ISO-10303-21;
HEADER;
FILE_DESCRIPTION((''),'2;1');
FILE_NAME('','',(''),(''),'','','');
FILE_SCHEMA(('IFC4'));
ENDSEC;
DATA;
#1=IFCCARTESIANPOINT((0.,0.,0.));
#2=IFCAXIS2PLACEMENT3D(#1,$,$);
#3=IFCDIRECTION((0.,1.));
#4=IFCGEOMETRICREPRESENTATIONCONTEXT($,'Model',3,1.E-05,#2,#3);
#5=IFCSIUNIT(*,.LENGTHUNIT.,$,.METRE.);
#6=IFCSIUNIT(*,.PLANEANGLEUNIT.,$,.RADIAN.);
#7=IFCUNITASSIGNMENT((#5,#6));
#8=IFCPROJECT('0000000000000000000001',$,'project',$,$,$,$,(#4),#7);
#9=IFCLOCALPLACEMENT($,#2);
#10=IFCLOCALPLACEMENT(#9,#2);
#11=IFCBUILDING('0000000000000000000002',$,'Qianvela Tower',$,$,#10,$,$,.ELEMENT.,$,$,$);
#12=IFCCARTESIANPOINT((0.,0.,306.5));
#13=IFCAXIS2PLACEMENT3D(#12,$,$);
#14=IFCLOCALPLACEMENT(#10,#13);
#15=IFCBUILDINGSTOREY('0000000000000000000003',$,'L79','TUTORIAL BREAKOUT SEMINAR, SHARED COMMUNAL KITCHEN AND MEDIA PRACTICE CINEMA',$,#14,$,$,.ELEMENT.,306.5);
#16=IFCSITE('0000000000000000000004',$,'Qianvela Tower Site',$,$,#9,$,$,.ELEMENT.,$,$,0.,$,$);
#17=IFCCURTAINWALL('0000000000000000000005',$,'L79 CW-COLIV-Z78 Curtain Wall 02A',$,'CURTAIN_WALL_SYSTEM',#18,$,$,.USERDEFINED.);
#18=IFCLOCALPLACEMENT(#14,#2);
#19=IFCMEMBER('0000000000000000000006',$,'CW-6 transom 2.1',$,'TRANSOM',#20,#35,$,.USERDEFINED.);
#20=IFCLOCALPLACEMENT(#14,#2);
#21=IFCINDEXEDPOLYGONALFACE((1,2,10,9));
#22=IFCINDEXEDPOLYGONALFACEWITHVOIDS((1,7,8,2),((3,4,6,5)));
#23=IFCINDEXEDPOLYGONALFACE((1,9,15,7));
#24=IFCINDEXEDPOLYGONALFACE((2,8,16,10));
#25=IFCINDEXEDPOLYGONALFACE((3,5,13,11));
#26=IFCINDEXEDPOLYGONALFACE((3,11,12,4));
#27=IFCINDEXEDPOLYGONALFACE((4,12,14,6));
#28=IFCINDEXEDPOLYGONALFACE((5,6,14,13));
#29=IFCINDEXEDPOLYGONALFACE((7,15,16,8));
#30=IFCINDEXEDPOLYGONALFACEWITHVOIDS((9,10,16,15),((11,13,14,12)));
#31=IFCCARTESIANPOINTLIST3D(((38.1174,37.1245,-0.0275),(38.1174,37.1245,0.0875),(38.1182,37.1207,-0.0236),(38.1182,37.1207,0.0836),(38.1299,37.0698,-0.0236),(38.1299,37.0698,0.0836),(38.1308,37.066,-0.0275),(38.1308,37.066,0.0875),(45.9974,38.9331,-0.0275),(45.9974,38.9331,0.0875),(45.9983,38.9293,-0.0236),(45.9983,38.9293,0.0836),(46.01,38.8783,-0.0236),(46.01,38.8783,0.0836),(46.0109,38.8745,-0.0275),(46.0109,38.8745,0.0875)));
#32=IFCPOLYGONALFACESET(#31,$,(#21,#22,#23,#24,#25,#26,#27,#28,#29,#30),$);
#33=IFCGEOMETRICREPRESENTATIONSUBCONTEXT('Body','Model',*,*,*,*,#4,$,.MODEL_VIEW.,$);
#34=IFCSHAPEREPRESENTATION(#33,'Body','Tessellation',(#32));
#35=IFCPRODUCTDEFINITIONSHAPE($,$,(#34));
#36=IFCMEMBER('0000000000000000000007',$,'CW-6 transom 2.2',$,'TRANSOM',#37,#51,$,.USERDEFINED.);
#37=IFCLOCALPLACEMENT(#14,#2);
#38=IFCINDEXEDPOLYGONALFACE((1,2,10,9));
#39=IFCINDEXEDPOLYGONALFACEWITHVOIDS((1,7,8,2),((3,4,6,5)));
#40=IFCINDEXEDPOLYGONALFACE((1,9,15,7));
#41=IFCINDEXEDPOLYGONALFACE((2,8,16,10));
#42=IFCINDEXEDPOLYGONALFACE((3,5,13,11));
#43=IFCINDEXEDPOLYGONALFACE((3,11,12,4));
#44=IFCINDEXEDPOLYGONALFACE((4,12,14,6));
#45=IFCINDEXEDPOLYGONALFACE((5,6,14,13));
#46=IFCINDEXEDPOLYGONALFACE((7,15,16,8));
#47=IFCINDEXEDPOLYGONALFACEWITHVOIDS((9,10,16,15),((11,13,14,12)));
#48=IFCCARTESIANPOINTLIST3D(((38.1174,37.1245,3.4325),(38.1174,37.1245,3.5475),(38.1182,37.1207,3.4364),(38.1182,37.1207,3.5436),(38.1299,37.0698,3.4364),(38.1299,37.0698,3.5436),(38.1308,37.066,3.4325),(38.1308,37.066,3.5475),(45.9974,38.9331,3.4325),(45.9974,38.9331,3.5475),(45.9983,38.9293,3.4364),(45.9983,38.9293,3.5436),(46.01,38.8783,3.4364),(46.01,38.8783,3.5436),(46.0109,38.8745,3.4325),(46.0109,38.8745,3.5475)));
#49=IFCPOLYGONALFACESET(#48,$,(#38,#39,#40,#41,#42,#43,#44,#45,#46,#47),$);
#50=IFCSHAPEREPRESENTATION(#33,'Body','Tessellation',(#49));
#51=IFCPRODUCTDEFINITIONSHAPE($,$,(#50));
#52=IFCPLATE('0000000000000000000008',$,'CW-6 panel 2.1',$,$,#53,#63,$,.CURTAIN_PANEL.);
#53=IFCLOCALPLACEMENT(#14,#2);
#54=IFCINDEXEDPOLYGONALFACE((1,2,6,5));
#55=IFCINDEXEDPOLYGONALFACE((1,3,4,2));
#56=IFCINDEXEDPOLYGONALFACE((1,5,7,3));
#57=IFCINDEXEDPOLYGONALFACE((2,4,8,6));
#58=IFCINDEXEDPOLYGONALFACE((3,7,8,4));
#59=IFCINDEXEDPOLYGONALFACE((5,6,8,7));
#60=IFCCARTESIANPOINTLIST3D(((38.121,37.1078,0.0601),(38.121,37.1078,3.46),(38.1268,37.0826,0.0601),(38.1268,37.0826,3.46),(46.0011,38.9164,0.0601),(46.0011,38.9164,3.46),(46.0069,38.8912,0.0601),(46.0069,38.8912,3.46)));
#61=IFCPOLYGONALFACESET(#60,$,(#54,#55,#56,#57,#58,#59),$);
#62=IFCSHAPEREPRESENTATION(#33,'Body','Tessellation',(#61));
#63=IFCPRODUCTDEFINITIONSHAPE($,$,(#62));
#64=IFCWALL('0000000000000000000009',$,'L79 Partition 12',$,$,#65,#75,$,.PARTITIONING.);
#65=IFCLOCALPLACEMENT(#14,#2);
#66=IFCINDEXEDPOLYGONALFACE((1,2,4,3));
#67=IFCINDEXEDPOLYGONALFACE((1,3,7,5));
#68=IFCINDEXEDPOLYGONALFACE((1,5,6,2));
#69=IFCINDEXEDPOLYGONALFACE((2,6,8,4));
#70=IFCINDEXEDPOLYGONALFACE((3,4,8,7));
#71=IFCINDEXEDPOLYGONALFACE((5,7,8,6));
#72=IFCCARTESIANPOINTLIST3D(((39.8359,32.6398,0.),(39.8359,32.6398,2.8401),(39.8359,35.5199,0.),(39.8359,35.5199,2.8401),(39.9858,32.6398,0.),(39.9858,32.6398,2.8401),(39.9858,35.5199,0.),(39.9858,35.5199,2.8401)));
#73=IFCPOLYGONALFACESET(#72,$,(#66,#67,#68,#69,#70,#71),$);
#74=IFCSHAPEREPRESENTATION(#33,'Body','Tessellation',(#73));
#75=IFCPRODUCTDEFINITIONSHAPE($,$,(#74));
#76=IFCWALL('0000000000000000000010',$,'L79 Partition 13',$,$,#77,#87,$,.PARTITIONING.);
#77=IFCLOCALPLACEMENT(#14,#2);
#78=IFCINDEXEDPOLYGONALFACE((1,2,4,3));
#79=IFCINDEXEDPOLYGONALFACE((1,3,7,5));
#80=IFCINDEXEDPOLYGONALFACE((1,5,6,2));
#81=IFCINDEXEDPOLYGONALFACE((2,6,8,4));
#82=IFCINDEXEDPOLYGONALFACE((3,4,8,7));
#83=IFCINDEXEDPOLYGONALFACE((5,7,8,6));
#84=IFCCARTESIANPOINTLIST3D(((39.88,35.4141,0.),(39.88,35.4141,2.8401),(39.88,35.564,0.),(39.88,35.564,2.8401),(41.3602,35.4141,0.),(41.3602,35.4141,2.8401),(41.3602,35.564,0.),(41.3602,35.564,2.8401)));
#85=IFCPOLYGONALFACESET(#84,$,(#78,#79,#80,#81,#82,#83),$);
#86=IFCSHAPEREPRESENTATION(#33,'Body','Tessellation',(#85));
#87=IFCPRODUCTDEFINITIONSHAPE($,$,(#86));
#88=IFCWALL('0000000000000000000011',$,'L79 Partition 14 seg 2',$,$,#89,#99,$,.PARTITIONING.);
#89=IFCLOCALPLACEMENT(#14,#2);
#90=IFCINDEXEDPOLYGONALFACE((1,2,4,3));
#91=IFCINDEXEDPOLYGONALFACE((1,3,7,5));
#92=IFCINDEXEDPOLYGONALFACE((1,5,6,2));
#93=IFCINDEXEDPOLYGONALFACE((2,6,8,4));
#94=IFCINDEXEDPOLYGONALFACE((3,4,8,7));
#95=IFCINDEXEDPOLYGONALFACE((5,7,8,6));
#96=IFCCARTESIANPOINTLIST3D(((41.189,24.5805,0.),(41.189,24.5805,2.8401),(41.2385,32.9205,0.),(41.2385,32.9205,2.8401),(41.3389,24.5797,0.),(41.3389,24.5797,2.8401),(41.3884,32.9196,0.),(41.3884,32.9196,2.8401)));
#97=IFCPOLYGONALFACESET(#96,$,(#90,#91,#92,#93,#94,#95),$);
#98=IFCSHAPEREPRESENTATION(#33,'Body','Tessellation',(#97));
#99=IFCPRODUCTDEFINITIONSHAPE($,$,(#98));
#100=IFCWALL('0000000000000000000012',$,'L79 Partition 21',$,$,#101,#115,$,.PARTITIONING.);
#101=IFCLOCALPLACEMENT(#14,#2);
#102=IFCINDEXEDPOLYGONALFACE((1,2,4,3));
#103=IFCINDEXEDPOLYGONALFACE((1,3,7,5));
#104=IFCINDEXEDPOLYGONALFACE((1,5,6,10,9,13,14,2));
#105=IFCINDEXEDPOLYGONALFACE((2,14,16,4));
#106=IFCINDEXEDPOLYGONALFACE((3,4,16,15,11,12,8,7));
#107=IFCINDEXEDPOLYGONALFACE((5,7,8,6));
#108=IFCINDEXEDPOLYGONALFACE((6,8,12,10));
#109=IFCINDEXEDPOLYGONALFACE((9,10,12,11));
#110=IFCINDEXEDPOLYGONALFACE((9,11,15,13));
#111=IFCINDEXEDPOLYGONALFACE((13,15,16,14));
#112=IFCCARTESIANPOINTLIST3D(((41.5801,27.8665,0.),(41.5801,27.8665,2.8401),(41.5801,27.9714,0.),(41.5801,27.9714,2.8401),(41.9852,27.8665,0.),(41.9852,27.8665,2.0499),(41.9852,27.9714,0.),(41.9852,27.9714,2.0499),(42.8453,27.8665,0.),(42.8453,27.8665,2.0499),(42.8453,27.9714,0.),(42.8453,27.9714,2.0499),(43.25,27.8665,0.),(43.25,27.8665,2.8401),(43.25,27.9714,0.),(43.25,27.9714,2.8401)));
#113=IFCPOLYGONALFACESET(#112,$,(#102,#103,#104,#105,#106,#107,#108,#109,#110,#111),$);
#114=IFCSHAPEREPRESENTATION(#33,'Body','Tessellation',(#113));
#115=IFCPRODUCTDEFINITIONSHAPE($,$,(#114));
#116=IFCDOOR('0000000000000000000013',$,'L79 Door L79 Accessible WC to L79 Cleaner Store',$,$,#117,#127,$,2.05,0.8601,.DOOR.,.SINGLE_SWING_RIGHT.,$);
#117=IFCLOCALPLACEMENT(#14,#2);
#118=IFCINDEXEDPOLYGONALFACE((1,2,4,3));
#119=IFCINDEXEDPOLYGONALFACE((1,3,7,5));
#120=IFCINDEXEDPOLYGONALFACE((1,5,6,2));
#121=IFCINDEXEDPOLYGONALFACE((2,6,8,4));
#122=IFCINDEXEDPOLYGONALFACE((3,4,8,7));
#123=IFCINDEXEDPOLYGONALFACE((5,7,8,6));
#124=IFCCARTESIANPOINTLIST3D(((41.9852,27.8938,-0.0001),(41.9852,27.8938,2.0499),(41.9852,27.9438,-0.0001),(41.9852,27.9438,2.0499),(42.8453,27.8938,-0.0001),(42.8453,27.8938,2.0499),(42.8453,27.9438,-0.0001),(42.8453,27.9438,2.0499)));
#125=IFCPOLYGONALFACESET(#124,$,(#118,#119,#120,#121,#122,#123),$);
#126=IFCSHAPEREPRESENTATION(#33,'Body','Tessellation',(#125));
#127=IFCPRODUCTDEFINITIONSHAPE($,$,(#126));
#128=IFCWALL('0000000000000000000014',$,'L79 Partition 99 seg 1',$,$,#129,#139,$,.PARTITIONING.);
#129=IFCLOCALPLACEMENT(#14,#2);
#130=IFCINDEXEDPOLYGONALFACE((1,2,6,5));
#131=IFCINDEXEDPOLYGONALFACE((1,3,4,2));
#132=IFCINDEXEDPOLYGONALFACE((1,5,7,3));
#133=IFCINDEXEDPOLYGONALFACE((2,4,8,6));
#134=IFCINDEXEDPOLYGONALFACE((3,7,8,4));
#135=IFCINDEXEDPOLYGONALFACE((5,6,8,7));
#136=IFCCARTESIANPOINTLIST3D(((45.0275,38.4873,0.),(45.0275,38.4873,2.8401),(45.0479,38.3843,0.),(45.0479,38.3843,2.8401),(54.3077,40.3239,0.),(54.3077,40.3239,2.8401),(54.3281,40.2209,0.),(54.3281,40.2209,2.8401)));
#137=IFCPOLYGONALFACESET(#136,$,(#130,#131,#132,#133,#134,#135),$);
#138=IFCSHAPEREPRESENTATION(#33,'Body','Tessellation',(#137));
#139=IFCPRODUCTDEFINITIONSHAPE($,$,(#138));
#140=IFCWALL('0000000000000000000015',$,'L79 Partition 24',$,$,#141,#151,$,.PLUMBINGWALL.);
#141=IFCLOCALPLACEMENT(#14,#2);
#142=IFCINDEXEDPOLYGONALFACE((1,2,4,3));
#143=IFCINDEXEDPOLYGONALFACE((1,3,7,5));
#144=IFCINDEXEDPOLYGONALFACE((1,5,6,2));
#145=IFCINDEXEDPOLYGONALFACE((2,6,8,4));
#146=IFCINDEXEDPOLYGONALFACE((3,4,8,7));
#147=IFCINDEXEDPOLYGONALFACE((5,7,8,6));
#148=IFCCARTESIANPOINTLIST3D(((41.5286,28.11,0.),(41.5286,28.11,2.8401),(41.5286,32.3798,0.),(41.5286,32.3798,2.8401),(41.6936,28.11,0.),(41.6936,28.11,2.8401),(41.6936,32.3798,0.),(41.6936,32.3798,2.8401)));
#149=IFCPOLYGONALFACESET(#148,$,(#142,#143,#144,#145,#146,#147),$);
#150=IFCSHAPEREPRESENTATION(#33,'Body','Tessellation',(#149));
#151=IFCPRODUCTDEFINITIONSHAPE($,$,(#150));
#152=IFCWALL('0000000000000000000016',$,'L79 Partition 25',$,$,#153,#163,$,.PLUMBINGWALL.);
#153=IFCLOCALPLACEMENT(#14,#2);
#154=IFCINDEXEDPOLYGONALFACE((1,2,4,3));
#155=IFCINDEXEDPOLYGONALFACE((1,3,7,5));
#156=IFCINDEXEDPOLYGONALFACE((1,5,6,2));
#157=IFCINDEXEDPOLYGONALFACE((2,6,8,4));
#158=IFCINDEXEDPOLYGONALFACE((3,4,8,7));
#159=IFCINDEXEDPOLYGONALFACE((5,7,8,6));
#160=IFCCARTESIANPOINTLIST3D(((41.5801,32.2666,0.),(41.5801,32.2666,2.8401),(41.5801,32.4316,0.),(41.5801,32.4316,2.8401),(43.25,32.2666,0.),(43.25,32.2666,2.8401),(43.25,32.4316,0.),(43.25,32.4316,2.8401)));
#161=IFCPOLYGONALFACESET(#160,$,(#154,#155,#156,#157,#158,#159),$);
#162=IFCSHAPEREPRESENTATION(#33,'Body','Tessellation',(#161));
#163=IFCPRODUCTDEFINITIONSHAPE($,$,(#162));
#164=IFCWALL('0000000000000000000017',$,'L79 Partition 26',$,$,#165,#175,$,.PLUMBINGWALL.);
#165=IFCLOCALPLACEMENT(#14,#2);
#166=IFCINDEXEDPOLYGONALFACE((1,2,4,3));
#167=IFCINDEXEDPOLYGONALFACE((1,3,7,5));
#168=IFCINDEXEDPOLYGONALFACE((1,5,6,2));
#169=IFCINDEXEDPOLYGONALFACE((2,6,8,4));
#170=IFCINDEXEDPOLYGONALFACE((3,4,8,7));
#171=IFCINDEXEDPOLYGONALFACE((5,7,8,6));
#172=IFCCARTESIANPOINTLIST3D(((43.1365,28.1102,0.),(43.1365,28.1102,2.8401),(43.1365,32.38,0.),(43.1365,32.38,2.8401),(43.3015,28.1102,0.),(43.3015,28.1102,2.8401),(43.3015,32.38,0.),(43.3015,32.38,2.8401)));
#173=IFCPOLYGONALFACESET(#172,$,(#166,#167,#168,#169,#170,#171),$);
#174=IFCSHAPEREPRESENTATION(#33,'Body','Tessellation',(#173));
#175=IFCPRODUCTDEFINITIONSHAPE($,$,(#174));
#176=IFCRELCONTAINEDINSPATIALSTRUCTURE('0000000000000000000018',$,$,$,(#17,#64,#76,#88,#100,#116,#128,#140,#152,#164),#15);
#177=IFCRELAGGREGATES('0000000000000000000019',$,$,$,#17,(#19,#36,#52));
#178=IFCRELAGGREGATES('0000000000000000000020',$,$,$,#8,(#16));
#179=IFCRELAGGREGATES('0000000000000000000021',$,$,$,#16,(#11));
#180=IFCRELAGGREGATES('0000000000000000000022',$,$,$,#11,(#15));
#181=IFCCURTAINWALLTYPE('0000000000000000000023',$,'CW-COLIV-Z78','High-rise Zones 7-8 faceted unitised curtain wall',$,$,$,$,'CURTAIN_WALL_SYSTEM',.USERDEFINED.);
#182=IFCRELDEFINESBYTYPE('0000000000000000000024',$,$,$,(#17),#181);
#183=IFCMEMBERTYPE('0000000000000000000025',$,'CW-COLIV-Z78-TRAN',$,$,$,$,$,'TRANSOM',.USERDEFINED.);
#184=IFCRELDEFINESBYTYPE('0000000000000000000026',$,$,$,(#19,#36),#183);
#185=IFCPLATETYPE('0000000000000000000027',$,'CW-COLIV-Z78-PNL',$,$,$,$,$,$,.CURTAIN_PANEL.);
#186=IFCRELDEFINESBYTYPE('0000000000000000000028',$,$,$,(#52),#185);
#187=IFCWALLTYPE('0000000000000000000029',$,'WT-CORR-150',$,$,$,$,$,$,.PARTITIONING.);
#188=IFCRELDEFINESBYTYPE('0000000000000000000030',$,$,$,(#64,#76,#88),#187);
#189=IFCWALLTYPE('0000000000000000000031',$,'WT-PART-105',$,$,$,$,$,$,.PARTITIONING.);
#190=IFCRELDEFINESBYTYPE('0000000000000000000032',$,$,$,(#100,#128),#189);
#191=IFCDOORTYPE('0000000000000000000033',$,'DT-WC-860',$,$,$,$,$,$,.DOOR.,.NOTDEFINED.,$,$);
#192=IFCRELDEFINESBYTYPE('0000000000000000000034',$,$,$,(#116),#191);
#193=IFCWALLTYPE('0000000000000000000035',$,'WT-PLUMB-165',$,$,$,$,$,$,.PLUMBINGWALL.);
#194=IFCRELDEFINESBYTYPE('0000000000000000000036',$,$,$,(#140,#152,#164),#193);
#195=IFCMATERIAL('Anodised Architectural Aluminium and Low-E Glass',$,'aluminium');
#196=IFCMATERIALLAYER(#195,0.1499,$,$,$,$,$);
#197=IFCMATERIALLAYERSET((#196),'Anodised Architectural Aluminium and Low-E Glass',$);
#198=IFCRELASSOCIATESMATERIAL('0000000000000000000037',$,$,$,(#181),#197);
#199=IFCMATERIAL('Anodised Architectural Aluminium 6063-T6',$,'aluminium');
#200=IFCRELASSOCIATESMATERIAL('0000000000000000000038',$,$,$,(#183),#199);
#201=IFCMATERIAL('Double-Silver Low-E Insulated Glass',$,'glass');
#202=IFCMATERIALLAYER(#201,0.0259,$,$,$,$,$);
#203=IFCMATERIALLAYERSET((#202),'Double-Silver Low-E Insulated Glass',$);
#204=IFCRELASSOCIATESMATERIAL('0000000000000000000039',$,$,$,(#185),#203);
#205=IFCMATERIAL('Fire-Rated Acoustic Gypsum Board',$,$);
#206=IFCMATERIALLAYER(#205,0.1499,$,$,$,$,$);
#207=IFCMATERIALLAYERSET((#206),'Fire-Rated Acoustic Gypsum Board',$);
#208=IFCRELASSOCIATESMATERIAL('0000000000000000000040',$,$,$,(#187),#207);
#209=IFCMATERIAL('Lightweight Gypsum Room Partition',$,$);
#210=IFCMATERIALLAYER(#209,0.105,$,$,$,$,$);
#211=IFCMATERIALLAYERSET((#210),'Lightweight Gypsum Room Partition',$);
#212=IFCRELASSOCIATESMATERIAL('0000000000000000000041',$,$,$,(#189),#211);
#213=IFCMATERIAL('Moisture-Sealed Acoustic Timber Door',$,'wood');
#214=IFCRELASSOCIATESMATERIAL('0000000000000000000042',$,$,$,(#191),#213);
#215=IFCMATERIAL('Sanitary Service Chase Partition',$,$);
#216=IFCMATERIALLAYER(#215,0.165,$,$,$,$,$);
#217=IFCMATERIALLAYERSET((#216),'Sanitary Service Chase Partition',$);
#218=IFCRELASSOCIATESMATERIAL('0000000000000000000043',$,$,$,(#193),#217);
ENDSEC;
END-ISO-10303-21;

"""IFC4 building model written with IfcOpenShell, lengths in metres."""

from ifc_helpers import new_model, si_unit, direction, frame, frame_2d, origin, origin_2d, place, context, subcontext, project, spatial, rectangle, hollow_rectangle, extrude, material, layer, layer_set, material_profile, profile_set, type_object, element, fill, aggregate, save


model = new_model("IFC4")

# Units and contexts
model_context = context("Model", 3, precision=1e-05, world=origin(), true_north=direction((0.0, 1.0)))
body_context = subcontext(model_context, "Body", "Model", "MODEL_VIEW")
ifc_project = project(units=[si_unit("LENGTHUNIT", "METRE"), si_unit("PLANEANGLEUNIT", "RADIAN")], contexts=[model_context])

# Site, building, storey
site_placement = place(None, origin())
site = spatial("IfcSite", under=ifc_project, at=site_placement, Name="Qianvela Tower Site", CompositionType="ELEMENT", RefElevation=0.0)
building_placement = place(site_placement, origin())
building = spatial("IfcBuilding", under=site, at=building_placement, Name="Qianvela Tower", CompositionType="ELEMENT")
storey_placement = place(building_placement, frame((0.0, 0.0, 306.5)))
storey = spatial("IfcBuildingStorey", under=building, at=storey_placement, Name="L79", Description="TUTORIAL BREAKOUT SEMINAR, SHARED COMMUNAL KITCHEN AND MEDIA PRACTICE CINEMA", CompositionType="ELEMENT", Elevation=306.5)

# Curtain wall, members, plate
ifc_material_1 = material(Name="Anodised Architectural Aluminium and Low-E Glass", Category="aluminium")
ifc_layer_1 = layer(ifc_material_1, 0.1499)
ifc_layer_set_1 = layer_set([ifc_layer_1], Name="Anodised Architectural Aluminium and Low-E Glass")
curtain_wall_type = type_object("IfcCurtainWallType", Name="CW-COLIV-Z78", Description="High-rise Zones 7-8 faceted unitised curtain wall", ElementType="CURTAIN_WALL_SYSTEM", PredefinedType="USERDEFINED", material=ifc_layer_set_1)
curtain_wall_placement = place(storey_placement, origin())
curtain_wall = element("IfcCurtainWall", 1, at=curtain_wall_placement, inside=storey, type_object=curtain_wall_type, Name="L79 CW-COLIV-Z78 Curtain Wall 02A", ObjectType="CURTAIN_WALL_SYSTEM", PredefinedType="USERDEFINED")
ifc_material_2 = material(Name="Anodised Architectural Aluminium 6063-T6", Category="aluminium")
ifc_material_profile = material_profile(ifc_material_2, hollow_rectangle(XDim=0.0601, YDim=0.115, WallThickness=0.0039, at=origin_2d()), Name="ALU-TRAN-60x115")
ifc_profile_set = profile_set([ifc_material_profile], Name="Anodised Architectural Aluminium 6063-T6")
member_type = type_object("IfcMemberType", Name="CW-COLIV-Z78-TRAN", ElementType="TRANSOM", PredefinedType="USERDEFINED", material=ifc_profile_set)
member_1_placement = place(storey_placement, frame((46.0042, 38.9038, 0.03), z_axis=(-0.974659, -0.223697, 0.0), x_axis=(0.223697, -0.974659, 0.0)))
member_1 = element("IfcMember", 2, at=member_1_placement, type_object=member_type, Name="CW-6 transom 2.1", ObjectType="TRANSOM", PredefinedType="USERDEFINED", context=body_context, shape_type="SweptSolid", body=[
    extrude(hollow_rectangle(XDim=0.0601, YDim=0.115, WallThickness=0.0039, at=origin_2d()), origin(), (0.0, 0.0, 1.0), 8.085),
])
member_2_placement = place(storey_placement, frame((46.0042, 38.9038, 3.49), z_axis=(-0.974659, -0.223697, 0.0), x_axis=(0.223697, -0.974659, 0.0)))
member_2 = element("IfcMember", 3, at=member_2_placement, type_object=member_type, Name="CW-6 transom 2.2", ObjectType="TRANSOM", PredefinedType="USERDEFINED", context=body_context, shape_type="SweptSolid", body=[
    extrude(hollow_rectangle(XDim=0.0601, YDim=0.115, WallThickness=0.0039, at=origin_2d()), origin(), (0.0, 0.0, 1.0), 8.085),
])
ifc_material_3 = material(Name="Double-Silver Low-E Insulated Glass", Category="glass")
ifc_layer_2 = layer(ifc_material_3, 0.0259)
ifc_layer_set_2 = layer_set([ifc_layer_2], Name="Double-Silver Low-E Insulated Glass")
plate_type = type_object("IfcPlateType", Name="CW-COLIV-Z78-PNL", PredefinedType="CURTAIN_PANEL", material=ifc_layer_set_2)
plate_placement = place(storey_placement, frame((42.064, 37.9995, 0.0601), z_axis=(0.0, 0.0, 1.0), x_axis=(-0.974657, -0.223706, 0.0)))
plate = element("IfcPlate", 4, at=plate_placement, type_object=plate_type, Name="CW-6 panel 2.1", PredefinedType="CURTAIN_PANEL", context=body_context, shape_type="SweptSolid", body=[
    extrude(rectangle(XDim=8.085, YDim=0.0259, at=origin_2d()), origin(), (0.0, 0.0, 1.0), 3.3999),
])
aggregate(curtain_wall, [member_1, member_2, plate])

# Walls
ifc_material_4 = material(Name="Fire-Rated Acoustic Gypsum Board")
ifc_layer_3 = layer(ifc_material_4, 0.1499)
ifc_layer_set_3 = layer_set([ifc_layer_3], Name="Fire-Rated Acoustic Gypsum Board")
wall_type_1 = type_object("IfcWallType", Name="WT-CORR-150", PredefinedType="PARTITIONING", material=ifc_layer_set_3)
wall_1_placement = place(storey_placement, frame((39.9109, 32.6399, 0.0), z_axis=(0.0, 0.0, 1.0), x_axis=(0.0, 1.0, 0.0)))
element("IfcWall", 5, at=wall_1_placement, inside=storey, type_object=wall_type_1, Name="L79 Partition 12", PredefinedType="PARTITIONING", context=body_context, shape_type="SweptSolid", body=[
    extrude(rectangle(XDim=2.8801, YDim=0.1499, at=frame_2d((1.4399, 0.0))), origin(), (0.0, 0.0, 1.0), 2.8401),
])
wall_2_placement = place(storey_placement, frame((39.8799, 35.489, 0.0), z_axis=(0.0, 0.0, 1.0), x_axis=(1.0, 0.0, 0.0)))
element("IfcWall", 6, at=wall_2_placement, inside=storey, type_object=wall_type_1, Name="L79 Partition 13", PredefinedType="PARTITIONING", context=body_context, shape_type="SweptSolid", body=[
    extrude(rectangle(XDim=1.4802, YDim=0.1499, at=frame_2d((0.7402, 0.0))), origin(), (0.0, 0.0, 1.0), 2.8401),
])
wall_3_placement = place(storey_placement, frame((41.3135, 32.9199, 0.0), z_axis=(0.0, 0.0, 1.0), x_axis=(-0.005943, -0.999982, 0.0)))
element("IfcWall", 7, at=wall_3_placement, inside=storey, type_object=wall_type_1, Name="L79 Partition 14 seg 2", PredefinedType="PARTITIONING", context=body_context, shape_type="SweptSolid", body=[
    extrude(rectangle(XDim=8.3401, YDim=0.1499, at=frame_2d((4.1699, 0.0))), origin(), (0.0, 0.0, 1.0), 2.8401),
])

# Wall, opening, door
ifc_material_5 = material(Name="Lightweight Gypsum Room Partition")
ifc_layer_4 = layer(ifc_material_5, 0.105)
ifc_layer_set_4 = layer_set([ifc_layer_4], Name="Lightweight Gypsum Room Partition")
wall_type_2 = type_object("IfcWallType", Name="WT-PART-105", PredefinedType="PARTITIONING", material=ifc_layer_set_4)
wall_4_placement = place(storey_placement, frame((41.5801, 27.9189, 0.0), z_axis=(0.0, 0.0, 1.0), x_axis=(1.0, 0.0, 0.0)))
wall_4 = element("IfcWall", 8, at=wall_4_placement, inside=storey, type_object=wall_type_2, Name="L79 Partition 21", PredefinedType="PARTITIONING", context=body_context, shape_type="SweptSolid", body=[
    extrude(rectangle(XDim=1.6699, YDim=0.105, at=frame_2d((0.835, 0.0))), origin(), (0.0, 0.0, 1.0), 2.8401),
])
opening_1_placement = place(wall_4_placement, frame((0.405, 0.0, 0.0)))
opening_1 = element("IfcOpeningElement", 9, at=opening_1_placement, cuts=wall_4, PredefinedType="OPENING", context=body_context, shape_type="SweptSolid", body=[
    extrude(rectangle(XDim=0.8601, YDim=2.05, at=frame_2d((0.4302, 1.0249))), frame((0.0, 0.0625, 0.0), z_axis=(0.0, -1.0, 0.0), x_axis=(1.0, 0.0, 0.0)), (0.0, 0.0, 1.0), 0.125),
])
ifc_material_6 = material(Name="Moisture-Sealed Acoustic Timber Door", Category="wood")
door_type_1 = type_object("IfcDoorType", Name="DT-WC-860", OperationType="NOTDEFINED", PredefinedType="DOOR", material=ifc_material_6)
door_1_placement = place(opening_1_placement, origin())
door_1 = element("IfcDoor", 10, at=door_1_placement, inside=storey, type_object=door_type_1, Name="L79 Door L79 Accessible WC to L79 Cleaner Store", OperationType="SINGLE_SWING_RIGHT", OverallHeight=2.05, OverallWidth=0.8601, PredefinedType="DOOR", context=body_context, shape_type="SweptSolid", body=[
    extrude(rectangle(XDim=0.8601, YDim=2.05, at=frame_2d((0.4302, 1.0249))), frame((0.0, 0.0249, 0.0), z_axis=(0.0, -1.0, 0.0), x_axis=(1.0, 0.0, 0.0)), (0.0, 0.0, 1.0), 0.05),
])
fill(opening_1, door_1)

# Walls
wall_5_placement = place(storey_placement, frame((45.0378, 38.4358, 0.0), z_axis=(0.0, 0.0, 1.0), x_axis=(0.980973, 0.194145, 0.0)))
element("IfcWall", 11, at=wall_5_placement, inside=storey, type_object=wall_type_2, Name="L79 Partition 99 seg 1", PredefinedType="PARTITIONING", context=body_context, shape_type="SweptSolid", body=[
    extrude(rectangle(XDim=9.4602, YDim=0.105, at=frame_2d((4.73, 0.0))), origin(), (0.0, 0.0, 1.0), 2.8401),
])
ifc_material_7 = material(Name="Sanitary Service Chase Partition")
ifc_layer_5 = layer(ifc_material_7, 0.165)
ifc_layer_set_5 = layer_set([ifc_layer_5], Name="Sanitary Service Chase Partition")
wall_type_3 = type_object("IfcWallType", Name="WT-PLUMB-165", PredefinedType="PLUMBINGWALL", material=ifc_layer_set_5)
wall_6_placement = place(storey_placement, frame((41.6111, 28.1101, 0.0), z_axis=(0.0, 0.0, 1.0), x_axis=(0.0, 1.0, 0.0)))
element("IfcWall", 12, at=wall_6_placement, inside=storey, type_object=wall_type_3, Name="L79 Partition 24", PredefinedType="PLUMBINGWALL", context=body_context, shape_type="SweptSolid", body=[
    extrude(rectangle(XDim=4.2698, YDim=0.165, at=frame_2d((2.1348, 0.0))), origin(), (0.0, 0.0, 1.0), 2.8401),
])
wall_7_placement = place(storey_placement, frame((41.5801, 32.3491, 0.0), z_axis=(0.0, 0.0, 1.0), x_axis=(1.0, 0.0, 0.0)))
element("IfcWall", 13, at=wall_7_placement, inside=storey, type_object=wall_type_3, Name="L79 Partition 25", PredefinedType="PLUMBINGWALL", context=body_context, shape_type="SweptSolid", body=[
    extrude(rectangle(XDim=1.6699, YDim=0.165, at=frame_2d((0.835, 0.0))), origin(), (0.0, 0.0, 1.0), 2.8401),
])
wall_8_placement = place(storey_placement, frame((43.219, 32.3799, 0.0), z_axis=(0.0, 0.0, 1.0), x_axis=(0.0, -1.0, 0.0)))
element("IfcWall", 14, at=wall_8_placement, inside=storey, type_object=wall_type_3, Name="L79 Partition 26", PredefinedType="PLUMBINGWALL", context=body_context, shape_type="SweptSolid", body=[
    extrude(rectangle(XDim=4.2698, YDim=0.165, at=frame_2d((2.1348, 0.0))), origin(), (0.0, 0.0, 1.0), 2.8401),
])

save(model, "model.ifc")
